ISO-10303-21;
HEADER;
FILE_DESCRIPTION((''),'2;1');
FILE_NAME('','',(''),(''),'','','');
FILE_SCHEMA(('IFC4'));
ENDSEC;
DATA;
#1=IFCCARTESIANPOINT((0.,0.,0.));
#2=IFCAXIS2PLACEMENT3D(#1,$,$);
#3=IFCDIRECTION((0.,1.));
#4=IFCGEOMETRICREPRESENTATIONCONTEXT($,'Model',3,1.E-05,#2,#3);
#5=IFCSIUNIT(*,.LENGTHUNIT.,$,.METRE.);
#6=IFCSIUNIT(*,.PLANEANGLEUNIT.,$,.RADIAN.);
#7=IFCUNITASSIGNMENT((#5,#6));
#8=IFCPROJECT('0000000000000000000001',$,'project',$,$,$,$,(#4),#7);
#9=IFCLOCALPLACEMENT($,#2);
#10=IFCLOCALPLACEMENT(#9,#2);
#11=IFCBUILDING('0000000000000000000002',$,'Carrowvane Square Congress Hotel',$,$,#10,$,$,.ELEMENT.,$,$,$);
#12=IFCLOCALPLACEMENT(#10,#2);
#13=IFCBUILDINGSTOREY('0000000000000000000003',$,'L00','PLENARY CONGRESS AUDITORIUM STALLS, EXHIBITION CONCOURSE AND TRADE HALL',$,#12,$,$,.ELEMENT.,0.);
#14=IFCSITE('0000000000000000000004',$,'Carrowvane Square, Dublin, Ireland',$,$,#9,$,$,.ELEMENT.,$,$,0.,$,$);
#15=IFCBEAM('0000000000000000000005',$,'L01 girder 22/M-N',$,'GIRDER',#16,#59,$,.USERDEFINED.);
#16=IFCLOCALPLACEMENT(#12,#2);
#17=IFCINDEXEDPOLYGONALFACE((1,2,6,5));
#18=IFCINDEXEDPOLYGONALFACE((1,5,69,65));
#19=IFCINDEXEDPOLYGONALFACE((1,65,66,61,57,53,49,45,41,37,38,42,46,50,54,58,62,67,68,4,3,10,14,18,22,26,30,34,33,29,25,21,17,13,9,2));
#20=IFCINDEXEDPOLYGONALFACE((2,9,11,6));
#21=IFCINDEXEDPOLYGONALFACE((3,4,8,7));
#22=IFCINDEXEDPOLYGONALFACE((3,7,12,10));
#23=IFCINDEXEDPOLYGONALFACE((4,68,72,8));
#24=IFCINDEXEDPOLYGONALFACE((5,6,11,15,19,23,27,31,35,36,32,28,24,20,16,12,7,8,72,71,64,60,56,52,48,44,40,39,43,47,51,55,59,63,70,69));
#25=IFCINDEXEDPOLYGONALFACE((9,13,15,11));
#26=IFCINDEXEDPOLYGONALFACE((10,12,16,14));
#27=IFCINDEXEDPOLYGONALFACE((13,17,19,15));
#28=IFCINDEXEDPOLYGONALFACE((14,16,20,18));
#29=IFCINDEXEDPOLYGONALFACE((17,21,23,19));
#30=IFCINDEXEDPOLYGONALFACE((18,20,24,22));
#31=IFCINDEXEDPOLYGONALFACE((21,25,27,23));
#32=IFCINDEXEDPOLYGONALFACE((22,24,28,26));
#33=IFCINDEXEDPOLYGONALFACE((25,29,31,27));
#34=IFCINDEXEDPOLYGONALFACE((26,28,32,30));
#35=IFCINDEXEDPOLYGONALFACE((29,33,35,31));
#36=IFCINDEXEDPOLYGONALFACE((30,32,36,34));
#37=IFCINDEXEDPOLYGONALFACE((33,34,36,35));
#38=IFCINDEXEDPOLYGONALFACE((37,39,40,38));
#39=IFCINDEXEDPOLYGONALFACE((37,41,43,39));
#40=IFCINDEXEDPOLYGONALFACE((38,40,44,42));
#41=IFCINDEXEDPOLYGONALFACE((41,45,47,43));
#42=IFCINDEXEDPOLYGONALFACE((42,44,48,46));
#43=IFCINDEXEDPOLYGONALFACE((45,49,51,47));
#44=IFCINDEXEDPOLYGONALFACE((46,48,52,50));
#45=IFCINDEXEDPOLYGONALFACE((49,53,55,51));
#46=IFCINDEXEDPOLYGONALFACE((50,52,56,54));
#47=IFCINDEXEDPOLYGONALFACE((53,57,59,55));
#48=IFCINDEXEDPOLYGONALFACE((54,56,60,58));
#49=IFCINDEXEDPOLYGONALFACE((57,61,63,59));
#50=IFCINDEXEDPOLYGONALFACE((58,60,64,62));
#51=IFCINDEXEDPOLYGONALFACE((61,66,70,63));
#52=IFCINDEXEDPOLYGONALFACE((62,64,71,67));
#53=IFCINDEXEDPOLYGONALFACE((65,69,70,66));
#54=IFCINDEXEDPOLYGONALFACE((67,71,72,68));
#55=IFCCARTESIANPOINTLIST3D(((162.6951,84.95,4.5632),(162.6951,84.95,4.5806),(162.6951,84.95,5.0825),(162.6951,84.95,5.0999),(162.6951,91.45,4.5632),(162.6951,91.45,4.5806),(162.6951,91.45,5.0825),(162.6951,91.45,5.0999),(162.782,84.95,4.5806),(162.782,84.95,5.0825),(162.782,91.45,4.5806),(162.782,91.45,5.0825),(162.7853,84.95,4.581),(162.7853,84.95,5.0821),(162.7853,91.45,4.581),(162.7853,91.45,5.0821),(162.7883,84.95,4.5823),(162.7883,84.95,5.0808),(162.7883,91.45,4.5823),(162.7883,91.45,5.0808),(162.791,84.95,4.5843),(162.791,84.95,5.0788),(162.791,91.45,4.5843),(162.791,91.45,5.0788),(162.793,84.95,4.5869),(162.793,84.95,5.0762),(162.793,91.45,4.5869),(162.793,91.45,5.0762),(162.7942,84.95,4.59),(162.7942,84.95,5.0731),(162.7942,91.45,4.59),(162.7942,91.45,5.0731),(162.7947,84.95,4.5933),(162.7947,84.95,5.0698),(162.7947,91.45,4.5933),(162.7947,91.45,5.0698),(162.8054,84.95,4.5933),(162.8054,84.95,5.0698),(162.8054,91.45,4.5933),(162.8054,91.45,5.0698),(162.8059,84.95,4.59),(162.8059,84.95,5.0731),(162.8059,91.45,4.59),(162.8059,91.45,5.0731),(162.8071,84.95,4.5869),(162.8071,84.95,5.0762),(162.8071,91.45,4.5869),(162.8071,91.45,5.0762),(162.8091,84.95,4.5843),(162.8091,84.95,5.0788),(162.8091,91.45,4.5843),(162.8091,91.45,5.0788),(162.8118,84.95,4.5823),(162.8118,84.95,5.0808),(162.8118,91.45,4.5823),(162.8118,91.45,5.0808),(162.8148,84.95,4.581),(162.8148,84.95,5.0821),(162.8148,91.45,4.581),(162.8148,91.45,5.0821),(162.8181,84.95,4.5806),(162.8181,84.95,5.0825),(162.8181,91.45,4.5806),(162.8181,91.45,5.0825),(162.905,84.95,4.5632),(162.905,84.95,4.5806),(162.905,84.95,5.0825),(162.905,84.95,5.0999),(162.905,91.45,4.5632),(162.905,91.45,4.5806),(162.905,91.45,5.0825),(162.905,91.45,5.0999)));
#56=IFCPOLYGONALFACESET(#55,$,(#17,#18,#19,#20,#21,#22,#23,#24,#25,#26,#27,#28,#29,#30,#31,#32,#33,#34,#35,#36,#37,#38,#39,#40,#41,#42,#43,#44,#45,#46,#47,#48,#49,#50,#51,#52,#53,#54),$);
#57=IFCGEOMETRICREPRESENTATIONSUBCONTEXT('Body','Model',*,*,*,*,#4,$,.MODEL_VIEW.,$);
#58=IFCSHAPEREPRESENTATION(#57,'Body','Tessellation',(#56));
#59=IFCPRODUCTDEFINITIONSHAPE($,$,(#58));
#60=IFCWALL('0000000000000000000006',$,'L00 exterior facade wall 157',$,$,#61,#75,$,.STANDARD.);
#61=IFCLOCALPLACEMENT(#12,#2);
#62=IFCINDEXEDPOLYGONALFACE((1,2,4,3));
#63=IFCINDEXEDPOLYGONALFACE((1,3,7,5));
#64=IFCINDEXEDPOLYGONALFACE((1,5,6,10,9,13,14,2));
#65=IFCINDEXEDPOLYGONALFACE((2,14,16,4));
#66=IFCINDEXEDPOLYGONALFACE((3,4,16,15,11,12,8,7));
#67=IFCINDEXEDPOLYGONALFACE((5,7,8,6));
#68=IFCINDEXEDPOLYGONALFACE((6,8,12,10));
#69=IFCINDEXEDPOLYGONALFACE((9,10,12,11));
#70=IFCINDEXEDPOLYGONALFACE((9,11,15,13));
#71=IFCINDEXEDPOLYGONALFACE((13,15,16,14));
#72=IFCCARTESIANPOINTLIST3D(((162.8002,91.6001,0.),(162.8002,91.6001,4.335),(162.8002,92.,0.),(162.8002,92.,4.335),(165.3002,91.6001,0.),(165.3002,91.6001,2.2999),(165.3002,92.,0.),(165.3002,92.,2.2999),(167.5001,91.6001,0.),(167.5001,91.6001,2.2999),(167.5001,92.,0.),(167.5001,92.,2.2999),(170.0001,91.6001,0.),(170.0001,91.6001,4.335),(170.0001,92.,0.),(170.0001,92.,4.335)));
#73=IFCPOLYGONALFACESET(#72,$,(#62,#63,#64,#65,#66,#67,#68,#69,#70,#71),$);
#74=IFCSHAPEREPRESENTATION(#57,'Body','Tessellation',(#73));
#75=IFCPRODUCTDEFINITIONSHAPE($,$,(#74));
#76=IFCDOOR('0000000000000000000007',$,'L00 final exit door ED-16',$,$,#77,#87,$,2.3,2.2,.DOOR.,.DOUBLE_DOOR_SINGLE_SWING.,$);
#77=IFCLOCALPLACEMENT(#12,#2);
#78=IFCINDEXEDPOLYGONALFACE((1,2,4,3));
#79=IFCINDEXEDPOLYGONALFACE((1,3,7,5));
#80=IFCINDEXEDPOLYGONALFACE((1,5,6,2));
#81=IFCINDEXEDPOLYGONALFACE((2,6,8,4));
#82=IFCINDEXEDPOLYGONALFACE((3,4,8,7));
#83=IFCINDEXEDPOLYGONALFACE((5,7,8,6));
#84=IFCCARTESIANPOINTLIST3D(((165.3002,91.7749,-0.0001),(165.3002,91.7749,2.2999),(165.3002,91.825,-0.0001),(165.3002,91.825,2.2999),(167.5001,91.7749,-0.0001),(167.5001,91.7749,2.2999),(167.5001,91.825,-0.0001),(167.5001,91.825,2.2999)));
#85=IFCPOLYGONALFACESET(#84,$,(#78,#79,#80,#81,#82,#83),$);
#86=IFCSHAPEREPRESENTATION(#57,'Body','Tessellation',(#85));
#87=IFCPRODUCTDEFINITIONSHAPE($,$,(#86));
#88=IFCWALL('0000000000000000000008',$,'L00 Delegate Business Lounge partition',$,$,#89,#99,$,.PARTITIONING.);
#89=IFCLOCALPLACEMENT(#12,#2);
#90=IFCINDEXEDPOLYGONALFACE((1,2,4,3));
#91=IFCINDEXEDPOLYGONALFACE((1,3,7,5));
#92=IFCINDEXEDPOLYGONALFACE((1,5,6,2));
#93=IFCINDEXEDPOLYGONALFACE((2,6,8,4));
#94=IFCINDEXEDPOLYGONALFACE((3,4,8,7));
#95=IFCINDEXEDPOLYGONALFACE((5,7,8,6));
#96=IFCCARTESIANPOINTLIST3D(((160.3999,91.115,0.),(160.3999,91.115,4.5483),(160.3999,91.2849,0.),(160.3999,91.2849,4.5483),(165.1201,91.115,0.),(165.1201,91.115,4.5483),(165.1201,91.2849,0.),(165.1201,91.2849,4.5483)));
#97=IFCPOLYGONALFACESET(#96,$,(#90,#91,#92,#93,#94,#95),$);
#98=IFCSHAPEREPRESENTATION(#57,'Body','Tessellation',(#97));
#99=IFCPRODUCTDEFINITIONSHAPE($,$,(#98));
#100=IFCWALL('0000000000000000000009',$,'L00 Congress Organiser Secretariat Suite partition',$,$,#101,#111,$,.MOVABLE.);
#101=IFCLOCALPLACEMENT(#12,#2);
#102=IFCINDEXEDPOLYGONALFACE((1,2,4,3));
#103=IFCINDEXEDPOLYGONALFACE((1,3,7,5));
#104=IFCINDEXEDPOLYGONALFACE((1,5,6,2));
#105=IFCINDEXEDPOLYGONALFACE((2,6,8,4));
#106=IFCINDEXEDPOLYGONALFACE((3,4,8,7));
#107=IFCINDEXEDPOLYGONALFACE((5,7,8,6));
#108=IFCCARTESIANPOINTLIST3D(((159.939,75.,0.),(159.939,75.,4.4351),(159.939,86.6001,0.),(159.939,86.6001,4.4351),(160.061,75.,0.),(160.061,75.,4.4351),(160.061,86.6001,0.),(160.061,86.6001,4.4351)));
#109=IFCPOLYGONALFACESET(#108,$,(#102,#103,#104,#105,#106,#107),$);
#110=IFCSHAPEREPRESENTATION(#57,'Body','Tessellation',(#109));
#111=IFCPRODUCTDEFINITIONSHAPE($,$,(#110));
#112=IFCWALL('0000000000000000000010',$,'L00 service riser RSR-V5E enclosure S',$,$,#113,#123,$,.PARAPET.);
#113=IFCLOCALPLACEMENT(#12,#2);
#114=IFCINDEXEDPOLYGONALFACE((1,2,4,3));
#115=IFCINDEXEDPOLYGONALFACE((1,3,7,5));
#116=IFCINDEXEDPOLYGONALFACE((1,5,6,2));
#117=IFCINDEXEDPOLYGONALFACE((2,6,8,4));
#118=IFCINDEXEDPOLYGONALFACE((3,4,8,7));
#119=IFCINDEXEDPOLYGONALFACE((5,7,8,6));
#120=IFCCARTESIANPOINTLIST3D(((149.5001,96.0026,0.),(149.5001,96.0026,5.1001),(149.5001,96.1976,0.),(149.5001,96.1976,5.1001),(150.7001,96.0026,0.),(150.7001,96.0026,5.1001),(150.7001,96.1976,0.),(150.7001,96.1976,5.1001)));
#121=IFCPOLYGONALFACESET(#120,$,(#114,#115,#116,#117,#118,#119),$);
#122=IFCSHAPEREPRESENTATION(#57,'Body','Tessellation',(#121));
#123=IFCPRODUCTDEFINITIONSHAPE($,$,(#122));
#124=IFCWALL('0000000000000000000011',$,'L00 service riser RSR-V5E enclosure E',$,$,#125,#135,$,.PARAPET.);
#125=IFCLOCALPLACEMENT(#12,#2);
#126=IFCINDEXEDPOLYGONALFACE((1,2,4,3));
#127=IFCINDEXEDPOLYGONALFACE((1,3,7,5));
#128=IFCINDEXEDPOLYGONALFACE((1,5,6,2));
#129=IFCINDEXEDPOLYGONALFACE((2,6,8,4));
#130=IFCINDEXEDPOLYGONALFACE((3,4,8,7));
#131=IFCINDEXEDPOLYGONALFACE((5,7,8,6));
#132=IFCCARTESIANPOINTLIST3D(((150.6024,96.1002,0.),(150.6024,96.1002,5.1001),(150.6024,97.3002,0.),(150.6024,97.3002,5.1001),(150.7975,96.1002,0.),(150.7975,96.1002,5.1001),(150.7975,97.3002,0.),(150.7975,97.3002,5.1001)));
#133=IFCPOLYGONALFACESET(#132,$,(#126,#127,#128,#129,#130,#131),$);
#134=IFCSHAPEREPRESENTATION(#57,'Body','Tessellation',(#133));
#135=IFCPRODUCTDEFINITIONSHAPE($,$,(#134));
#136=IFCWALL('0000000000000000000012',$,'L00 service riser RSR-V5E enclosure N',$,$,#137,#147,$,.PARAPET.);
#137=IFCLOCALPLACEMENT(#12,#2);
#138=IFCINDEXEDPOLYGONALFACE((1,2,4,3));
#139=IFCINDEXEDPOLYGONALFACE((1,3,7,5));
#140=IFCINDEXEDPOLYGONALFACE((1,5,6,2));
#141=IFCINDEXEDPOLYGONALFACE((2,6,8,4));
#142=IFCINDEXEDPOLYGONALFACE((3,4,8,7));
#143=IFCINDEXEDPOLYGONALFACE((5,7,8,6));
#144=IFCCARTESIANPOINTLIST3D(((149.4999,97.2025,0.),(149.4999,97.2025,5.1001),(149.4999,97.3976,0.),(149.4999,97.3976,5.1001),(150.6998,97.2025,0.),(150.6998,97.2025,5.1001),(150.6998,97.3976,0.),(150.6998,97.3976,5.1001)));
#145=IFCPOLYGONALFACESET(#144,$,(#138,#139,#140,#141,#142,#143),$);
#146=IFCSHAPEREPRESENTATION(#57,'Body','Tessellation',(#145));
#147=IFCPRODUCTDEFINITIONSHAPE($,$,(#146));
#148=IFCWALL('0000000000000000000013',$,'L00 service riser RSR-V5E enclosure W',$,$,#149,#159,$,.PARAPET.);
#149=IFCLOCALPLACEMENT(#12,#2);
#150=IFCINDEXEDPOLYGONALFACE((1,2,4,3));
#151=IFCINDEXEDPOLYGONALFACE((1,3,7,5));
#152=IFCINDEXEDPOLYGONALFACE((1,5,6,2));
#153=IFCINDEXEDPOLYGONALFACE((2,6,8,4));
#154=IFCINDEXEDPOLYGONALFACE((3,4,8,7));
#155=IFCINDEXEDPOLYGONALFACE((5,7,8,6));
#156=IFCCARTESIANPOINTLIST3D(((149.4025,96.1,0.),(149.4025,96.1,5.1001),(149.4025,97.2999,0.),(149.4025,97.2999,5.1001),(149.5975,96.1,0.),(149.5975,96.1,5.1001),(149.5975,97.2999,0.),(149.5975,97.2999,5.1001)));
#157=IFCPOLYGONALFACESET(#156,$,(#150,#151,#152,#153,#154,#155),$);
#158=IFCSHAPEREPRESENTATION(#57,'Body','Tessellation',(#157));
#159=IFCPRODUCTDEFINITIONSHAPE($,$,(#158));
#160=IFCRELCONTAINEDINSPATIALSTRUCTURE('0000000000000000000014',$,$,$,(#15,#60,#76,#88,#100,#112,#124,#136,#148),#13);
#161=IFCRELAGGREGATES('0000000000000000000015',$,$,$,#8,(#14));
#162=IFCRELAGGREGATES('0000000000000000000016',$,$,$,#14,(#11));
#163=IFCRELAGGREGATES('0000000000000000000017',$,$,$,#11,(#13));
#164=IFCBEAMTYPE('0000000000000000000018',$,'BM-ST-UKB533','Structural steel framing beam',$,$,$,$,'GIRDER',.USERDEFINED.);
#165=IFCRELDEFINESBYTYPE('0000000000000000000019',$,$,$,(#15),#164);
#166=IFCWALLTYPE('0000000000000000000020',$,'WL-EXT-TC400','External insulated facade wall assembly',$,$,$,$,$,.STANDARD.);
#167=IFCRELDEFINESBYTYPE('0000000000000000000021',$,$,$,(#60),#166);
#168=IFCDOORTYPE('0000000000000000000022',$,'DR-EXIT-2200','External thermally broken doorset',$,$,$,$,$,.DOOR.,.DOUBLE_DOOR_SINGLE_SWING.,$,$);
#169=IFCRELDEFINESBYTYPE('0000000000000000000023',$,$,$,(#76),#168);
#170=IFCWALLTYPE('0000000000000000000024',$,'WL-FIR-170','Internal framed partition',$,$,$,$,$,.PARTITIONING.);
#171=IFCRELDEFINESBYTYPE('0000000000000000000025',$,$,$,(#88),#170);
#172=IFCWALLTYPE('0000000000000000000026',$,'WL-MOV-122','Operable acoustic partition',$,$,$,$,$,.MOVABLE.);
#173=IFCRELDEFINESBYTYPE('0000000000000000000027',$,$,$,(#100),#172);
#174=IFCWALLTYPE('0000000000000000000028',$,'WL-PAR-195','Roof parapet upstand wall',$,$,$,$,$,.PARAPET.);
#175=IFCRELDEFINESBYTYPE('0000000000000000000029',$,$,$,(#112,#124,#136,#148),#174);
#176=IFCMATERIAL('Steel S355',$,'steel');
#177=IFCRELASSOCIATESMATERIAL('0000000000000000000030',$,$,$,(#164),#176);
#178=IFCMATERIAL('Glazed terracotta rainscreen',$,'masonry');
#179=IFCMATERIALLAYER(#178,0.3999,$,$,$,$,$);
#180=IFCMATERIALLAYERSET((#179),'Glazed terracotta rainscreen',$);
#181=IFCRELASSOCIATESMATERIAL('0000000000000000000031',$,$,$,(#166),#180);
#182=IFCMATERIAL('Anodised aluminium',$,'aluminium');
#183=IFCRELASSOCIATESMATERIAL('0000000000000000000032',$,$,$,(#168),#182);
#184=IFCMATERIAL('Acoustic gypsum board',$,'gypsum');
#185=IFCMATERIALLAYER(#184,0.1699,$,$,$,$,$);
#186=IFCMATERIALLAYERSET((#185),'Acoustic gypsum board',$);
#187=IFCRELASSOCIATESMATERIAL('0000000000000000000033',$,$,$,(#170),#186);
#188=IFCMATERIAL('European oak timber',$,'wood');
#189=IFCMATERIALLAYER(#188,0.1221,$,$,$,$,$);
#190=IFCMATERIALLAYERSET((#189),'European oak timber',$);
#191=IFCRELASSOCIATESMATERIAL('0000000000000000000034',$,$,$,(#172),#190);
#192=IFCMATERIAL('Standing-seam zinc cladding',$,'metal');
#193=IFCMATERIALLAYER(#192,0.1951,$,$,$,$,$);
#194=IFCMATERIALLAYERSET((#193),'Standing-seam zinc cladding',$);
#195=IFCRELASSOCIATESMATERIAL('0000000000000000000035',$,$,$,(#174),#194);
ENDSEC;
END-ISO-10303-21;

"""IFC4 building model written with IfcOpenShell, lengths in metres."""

from ifc_helpers import new_model, si_unit, direction, frame, frame_2d, origin, origin_2d, place, context, subcontext, project, spatial, rectangle, i_section, extrude, material, layer, layer_set, material_profile, profile_set, type_object, element, fill, save


model = new_model("IFC4")

# Units and contexts
model_context = context("Model", 3, precision=1e-05, world=origin(), true_north=direction((0.0, 1.0)))
body_context = subcontext(model_context, "Body", "Model", "MODEL_VIEW")
ifc_project = project(units=[si_unit("LENGTHUNIT", "METRE"), si_unit("PLANEANGLEUNIT", "RADIAN")], contexts=[model_context])

# Site, building, storey
site_placement = place(None, origin())
site = spatial("IfcSite", under=ifc_project, at=site_placement, Name="Carrowvane Square, Dublin, Ireland", CompositionType="ELEMENT", RefElevation=0.0)
building_placement = place(site_placement, origin())
building = spatial("IfcBuilding", under=site, at=building_placement, Name="Carrowvane Square Congress Hotel", CompositionType="ELEMENT")
storey_placement = place(building_placement, origin())
storey = spatial("IfcBuildingStorey", under=building, at=storey_placement, Name="L00", Description="PLENARY CONGRESS AUDITORIUM STALLS, EXHIBITION CONCOURSE AND TRADE HALL", CompositionType="ELEMENT", Elevation=0.0)

# Beam
ifc_material_1 = material(Name="Steel S355", Category="steel")
ifc_material_profile_1 = material_profile(ifc_material_1, i_section(OverallWidth=0.21, OverallDepth=0.5366, WebThickness=0.0107, FlangeThickness=0.0173, FilletRadius=0.0127, at=origin_2d()), Name="UKB 533x210x101")
ifc_profile_set_1 = profile_set([ifc_material_profile_1], Name="Steel S355")
beam_type_1 = type_object("IfcBeamType", Name="BM-ST-UKB533", Description="Structural steel framing beam", ElementType="GIRDER", PredefinedType="USERDEFINED", material=ifc_profile_set_1)
for number, where, z_axis, x_axis, name in (
    (1, (162.8, 84.95, 4.8315), (0.0, 1.0, 0.0), (-1.0, 0.0, 0.0), "L01 girder 22/M-N"),
):
    element("IfcBeam", number, at=place(storey_placement, frame(where, z_axis=z_axis, x_axis=x_axis)), inside=storey, type_object=beam_type_1, Name=name, ObjectType="GIRDER", PredefinedType="USERDEFINED", context=body_context, shape_type="SweptSolid", body=[
        extrude(i_section(OverallWidth=0.21, OverallDepth=0.5366, WebThickness=0.0107, FlangeThickness=0.0173, FilletRadius=0.0127, at=origin_2d()), origin(), (0.0, 0.0, 1.0), 6.5),
    ])

# Wall, opening, door
ifc_material_2 = material(Name="Glazed terracotta rainscreen", Category="masonry")
ifc_layer_1 = layer(ifc_material_2, 0.3999)
ifc_layer_set_1 = layer_set([ifc_layer_1], Name="Glazed terracotta rainscreen")
wall_type_1 = type_object("IfcWallType", Name="WL-EXT-TC400", Description="External insulated facade wall assembly", PredefinedType="STANDARD", material=ifc_layer_set_1)
wall_1_placement = place(storey_placement, frame((162.8, 91.8, 0.0), z_axis=(0.0, 0.0, 1.0), x_axis=(1.0, 0.0, 0.0)))
wall_1 = element("IfcWall", 2, at=wall_1_placement, inside=storey, type_object=wall_type_1, Name="L00 exterior facade wall 157", PredefinedType="STANDARD", context=body_context, shape_type="SweptSolid", body=[
    extrude(rectangle(XDim=7.2, YDim=0.3999, at=frame_2d((3.6001, 0.0))), origin(), (0.0, 0.0, 1.0), 4.335),
])
opening_placement = place(wall_1_placement, frame((2.5, 0.0, 0.0)))
opening = element("IfcOpeningElement", 3, at=opening_placement, cuts=wall_1, PredefinedType="OPENING", context=body_context, shape_type="SweptSolid", body=[
    extrude(rectangle(XDim=2.2, YDim=2.3, at=frame_2d((1.1001, 1.1499))), frame((0.0, 0.21, 0.0), z_axis=(0.0, -1.0, 0.0), x_axis=(1.0, 0.0, 0.0)), (0.0, 0.0, 1.0), 0.4199),
])
ifc_material_3 = material(Name="Anodised aluminium", Category="aluminium")
door_type = type_object("IfcDoorType", Name="DR-EXIT-2200", Description="External thermally broken doorset", OperationType="DOUBLE_DOOR_SINGLE_SWING", PredefinedType="DOOR", material=ifc_material_3)
door_placement = place(opening_placement, origin())
door = element("IfcDoor", 4, at=door_placement, inside=storey, type_object=door_type, Name="L00 final exit door ED-16", OperationType="DOUBLE_DOOR_SINGLE_SWING", OverallHeight=2.3, OverallWidth=2.2, PredefinedType="DOOR", context=body_context, shape_type="SweptSolid", body=[
    extrude(rectangle(XDim=2.2, YDim=2.3, at=frame_2d((1.1001, 1.1499))), frame((0.0, 0.0249, 0.0), z_axis=(0.0, -1.0, 0.0), x_axis=(1.0, 0.0, 0.0)), (0.0, 0.0, 1.0), 0.05),
])
fill(opening, door)

# Walls
ifc_material_4 = material(Name="Acoustic gypsum board", Category="gypsum")
ifc_layer_2 = layer(ifc_material_4, 0.1699)
ifc_layer_set_2 = layer_set([ifc_layer_2], Name="Acoustic gypsum board")
wall_type_2 = type_object("IfcWallType", Name="WL-FIR-170", Description="Internal framed partition", PredefinedType="PARTITIONING", material=ifc_layer_set_2)
wall_2_placement = place(storey_placement, frame((160.3999, 91.2, 0.0), z_axis=(0.0, 0.0, 1.0), x_axis=(1.0, 0.0, 0.0)))
element("IfcWall", 5, at=wall_2_placement, inside=storey, type_object=wall_type_2, Name="L00 Delegate Business Lounge partition", PredefinedType="PARTITIONING", context=body_context, shape_type="SweptSolid", body=[
    extrude(rectangle(XDim=4.7202, YDim=0.1699, at=frame_2d((2.3601, 0.0))), origin(), (0.0, 0.0, 1.0), 4.5483),
])
ifc_material_5 = material(Name="European oak timber", Category="wood")
ifc_layer_3 = layer(ifc_material_5, 0.1221)
ifc_layer_set_3 = layer_set([ifc_layer_3], Name="European oak timber")
wall_type_3 = type_object("IfcWallType", Name="WL-MOV-122", Description="Operable acoustic partition", PredefinedType="MOVABLE", material=ifc_layer_set_3)
wall_3_placement = place(storey_placement, frame((160.0, 86.6001, 0.0), z_axis=(0.0, 0.0, 1.0), x_axis=(0.0, -1.0, 0.0)))
element("IfcWall", 6, at=wall_3_placement, inside=storey, type_object=wall_type_3, Name="L00 Congress Organiser Secretariat Suite partition", PredefinedType="MOVABLE", context=body_context, shape_type="SweptSolid", body=[
    extrude(rectangle(XDim=11.6001, YDim=0.1221, at=frame_2d((5.8, 0.0))), origin(), (0.0, 0.0, 1.0), 4.4351),
])
ifc_material_6 = material(Name="Standing-seam zinc cladding", Category="metal")
ifc_layer_4 = layer(ifc_material_6, 0.1951)
ifc_layer_set_4 = layer_set([ifc_layer_4], Name="Standing-seam zinc cladding")
wall_type_4 = type_object("IfcWallType", Name="WL-PAR-195", Description="Roof parapet upstand wall", PredefinedType="PARAPET", material=ifc_layer_set_4)
for number, where, z_axis, x_axis, name in (
    (7, (149.5, 96.1001, 0.0), (0.0, 0.0, 1.0), (1.0, 0.0, 0.0), "L00 service riser RSR-V5E enclosure S"),
    (8, (150.7, 96.1001, 0.0), (0.0, 0.0, 1.0), (0.0, 1.0, 0.0), "L00 service riser RSR-V5E enclosure E"),
    (9, (150.7, 97.3, 0.0), (0.0, 0.0, 1.0), (-1.0, 0.0, 0.0), "L00 service riser RSR-V5E enclosure N"),
    (10, (149.5, 97.3, 0.0), (0.0, 0.0, 1.0), (0.0, -1.0, 0.0), "L00 service riser RSR-V5E enclosure W"),
):
    element("IfcWall", number, at=place(storey_placement, frame(where, z_axis=z_axis, x_axis=x_axis)), inside=storey, type_object=wall_type_4, Name=name, PredefinedType="PARAPET", context=body_context, shape_type="SweptSolid", body=[
        extrude(rectangle(XDim=1.2, YDim=0.1951, at=frame_2d((0.6001, 0.0))), origin(), (0.0, 0.0, 1.0), 5.1001),
    ])

save(model, "model.ifc")
